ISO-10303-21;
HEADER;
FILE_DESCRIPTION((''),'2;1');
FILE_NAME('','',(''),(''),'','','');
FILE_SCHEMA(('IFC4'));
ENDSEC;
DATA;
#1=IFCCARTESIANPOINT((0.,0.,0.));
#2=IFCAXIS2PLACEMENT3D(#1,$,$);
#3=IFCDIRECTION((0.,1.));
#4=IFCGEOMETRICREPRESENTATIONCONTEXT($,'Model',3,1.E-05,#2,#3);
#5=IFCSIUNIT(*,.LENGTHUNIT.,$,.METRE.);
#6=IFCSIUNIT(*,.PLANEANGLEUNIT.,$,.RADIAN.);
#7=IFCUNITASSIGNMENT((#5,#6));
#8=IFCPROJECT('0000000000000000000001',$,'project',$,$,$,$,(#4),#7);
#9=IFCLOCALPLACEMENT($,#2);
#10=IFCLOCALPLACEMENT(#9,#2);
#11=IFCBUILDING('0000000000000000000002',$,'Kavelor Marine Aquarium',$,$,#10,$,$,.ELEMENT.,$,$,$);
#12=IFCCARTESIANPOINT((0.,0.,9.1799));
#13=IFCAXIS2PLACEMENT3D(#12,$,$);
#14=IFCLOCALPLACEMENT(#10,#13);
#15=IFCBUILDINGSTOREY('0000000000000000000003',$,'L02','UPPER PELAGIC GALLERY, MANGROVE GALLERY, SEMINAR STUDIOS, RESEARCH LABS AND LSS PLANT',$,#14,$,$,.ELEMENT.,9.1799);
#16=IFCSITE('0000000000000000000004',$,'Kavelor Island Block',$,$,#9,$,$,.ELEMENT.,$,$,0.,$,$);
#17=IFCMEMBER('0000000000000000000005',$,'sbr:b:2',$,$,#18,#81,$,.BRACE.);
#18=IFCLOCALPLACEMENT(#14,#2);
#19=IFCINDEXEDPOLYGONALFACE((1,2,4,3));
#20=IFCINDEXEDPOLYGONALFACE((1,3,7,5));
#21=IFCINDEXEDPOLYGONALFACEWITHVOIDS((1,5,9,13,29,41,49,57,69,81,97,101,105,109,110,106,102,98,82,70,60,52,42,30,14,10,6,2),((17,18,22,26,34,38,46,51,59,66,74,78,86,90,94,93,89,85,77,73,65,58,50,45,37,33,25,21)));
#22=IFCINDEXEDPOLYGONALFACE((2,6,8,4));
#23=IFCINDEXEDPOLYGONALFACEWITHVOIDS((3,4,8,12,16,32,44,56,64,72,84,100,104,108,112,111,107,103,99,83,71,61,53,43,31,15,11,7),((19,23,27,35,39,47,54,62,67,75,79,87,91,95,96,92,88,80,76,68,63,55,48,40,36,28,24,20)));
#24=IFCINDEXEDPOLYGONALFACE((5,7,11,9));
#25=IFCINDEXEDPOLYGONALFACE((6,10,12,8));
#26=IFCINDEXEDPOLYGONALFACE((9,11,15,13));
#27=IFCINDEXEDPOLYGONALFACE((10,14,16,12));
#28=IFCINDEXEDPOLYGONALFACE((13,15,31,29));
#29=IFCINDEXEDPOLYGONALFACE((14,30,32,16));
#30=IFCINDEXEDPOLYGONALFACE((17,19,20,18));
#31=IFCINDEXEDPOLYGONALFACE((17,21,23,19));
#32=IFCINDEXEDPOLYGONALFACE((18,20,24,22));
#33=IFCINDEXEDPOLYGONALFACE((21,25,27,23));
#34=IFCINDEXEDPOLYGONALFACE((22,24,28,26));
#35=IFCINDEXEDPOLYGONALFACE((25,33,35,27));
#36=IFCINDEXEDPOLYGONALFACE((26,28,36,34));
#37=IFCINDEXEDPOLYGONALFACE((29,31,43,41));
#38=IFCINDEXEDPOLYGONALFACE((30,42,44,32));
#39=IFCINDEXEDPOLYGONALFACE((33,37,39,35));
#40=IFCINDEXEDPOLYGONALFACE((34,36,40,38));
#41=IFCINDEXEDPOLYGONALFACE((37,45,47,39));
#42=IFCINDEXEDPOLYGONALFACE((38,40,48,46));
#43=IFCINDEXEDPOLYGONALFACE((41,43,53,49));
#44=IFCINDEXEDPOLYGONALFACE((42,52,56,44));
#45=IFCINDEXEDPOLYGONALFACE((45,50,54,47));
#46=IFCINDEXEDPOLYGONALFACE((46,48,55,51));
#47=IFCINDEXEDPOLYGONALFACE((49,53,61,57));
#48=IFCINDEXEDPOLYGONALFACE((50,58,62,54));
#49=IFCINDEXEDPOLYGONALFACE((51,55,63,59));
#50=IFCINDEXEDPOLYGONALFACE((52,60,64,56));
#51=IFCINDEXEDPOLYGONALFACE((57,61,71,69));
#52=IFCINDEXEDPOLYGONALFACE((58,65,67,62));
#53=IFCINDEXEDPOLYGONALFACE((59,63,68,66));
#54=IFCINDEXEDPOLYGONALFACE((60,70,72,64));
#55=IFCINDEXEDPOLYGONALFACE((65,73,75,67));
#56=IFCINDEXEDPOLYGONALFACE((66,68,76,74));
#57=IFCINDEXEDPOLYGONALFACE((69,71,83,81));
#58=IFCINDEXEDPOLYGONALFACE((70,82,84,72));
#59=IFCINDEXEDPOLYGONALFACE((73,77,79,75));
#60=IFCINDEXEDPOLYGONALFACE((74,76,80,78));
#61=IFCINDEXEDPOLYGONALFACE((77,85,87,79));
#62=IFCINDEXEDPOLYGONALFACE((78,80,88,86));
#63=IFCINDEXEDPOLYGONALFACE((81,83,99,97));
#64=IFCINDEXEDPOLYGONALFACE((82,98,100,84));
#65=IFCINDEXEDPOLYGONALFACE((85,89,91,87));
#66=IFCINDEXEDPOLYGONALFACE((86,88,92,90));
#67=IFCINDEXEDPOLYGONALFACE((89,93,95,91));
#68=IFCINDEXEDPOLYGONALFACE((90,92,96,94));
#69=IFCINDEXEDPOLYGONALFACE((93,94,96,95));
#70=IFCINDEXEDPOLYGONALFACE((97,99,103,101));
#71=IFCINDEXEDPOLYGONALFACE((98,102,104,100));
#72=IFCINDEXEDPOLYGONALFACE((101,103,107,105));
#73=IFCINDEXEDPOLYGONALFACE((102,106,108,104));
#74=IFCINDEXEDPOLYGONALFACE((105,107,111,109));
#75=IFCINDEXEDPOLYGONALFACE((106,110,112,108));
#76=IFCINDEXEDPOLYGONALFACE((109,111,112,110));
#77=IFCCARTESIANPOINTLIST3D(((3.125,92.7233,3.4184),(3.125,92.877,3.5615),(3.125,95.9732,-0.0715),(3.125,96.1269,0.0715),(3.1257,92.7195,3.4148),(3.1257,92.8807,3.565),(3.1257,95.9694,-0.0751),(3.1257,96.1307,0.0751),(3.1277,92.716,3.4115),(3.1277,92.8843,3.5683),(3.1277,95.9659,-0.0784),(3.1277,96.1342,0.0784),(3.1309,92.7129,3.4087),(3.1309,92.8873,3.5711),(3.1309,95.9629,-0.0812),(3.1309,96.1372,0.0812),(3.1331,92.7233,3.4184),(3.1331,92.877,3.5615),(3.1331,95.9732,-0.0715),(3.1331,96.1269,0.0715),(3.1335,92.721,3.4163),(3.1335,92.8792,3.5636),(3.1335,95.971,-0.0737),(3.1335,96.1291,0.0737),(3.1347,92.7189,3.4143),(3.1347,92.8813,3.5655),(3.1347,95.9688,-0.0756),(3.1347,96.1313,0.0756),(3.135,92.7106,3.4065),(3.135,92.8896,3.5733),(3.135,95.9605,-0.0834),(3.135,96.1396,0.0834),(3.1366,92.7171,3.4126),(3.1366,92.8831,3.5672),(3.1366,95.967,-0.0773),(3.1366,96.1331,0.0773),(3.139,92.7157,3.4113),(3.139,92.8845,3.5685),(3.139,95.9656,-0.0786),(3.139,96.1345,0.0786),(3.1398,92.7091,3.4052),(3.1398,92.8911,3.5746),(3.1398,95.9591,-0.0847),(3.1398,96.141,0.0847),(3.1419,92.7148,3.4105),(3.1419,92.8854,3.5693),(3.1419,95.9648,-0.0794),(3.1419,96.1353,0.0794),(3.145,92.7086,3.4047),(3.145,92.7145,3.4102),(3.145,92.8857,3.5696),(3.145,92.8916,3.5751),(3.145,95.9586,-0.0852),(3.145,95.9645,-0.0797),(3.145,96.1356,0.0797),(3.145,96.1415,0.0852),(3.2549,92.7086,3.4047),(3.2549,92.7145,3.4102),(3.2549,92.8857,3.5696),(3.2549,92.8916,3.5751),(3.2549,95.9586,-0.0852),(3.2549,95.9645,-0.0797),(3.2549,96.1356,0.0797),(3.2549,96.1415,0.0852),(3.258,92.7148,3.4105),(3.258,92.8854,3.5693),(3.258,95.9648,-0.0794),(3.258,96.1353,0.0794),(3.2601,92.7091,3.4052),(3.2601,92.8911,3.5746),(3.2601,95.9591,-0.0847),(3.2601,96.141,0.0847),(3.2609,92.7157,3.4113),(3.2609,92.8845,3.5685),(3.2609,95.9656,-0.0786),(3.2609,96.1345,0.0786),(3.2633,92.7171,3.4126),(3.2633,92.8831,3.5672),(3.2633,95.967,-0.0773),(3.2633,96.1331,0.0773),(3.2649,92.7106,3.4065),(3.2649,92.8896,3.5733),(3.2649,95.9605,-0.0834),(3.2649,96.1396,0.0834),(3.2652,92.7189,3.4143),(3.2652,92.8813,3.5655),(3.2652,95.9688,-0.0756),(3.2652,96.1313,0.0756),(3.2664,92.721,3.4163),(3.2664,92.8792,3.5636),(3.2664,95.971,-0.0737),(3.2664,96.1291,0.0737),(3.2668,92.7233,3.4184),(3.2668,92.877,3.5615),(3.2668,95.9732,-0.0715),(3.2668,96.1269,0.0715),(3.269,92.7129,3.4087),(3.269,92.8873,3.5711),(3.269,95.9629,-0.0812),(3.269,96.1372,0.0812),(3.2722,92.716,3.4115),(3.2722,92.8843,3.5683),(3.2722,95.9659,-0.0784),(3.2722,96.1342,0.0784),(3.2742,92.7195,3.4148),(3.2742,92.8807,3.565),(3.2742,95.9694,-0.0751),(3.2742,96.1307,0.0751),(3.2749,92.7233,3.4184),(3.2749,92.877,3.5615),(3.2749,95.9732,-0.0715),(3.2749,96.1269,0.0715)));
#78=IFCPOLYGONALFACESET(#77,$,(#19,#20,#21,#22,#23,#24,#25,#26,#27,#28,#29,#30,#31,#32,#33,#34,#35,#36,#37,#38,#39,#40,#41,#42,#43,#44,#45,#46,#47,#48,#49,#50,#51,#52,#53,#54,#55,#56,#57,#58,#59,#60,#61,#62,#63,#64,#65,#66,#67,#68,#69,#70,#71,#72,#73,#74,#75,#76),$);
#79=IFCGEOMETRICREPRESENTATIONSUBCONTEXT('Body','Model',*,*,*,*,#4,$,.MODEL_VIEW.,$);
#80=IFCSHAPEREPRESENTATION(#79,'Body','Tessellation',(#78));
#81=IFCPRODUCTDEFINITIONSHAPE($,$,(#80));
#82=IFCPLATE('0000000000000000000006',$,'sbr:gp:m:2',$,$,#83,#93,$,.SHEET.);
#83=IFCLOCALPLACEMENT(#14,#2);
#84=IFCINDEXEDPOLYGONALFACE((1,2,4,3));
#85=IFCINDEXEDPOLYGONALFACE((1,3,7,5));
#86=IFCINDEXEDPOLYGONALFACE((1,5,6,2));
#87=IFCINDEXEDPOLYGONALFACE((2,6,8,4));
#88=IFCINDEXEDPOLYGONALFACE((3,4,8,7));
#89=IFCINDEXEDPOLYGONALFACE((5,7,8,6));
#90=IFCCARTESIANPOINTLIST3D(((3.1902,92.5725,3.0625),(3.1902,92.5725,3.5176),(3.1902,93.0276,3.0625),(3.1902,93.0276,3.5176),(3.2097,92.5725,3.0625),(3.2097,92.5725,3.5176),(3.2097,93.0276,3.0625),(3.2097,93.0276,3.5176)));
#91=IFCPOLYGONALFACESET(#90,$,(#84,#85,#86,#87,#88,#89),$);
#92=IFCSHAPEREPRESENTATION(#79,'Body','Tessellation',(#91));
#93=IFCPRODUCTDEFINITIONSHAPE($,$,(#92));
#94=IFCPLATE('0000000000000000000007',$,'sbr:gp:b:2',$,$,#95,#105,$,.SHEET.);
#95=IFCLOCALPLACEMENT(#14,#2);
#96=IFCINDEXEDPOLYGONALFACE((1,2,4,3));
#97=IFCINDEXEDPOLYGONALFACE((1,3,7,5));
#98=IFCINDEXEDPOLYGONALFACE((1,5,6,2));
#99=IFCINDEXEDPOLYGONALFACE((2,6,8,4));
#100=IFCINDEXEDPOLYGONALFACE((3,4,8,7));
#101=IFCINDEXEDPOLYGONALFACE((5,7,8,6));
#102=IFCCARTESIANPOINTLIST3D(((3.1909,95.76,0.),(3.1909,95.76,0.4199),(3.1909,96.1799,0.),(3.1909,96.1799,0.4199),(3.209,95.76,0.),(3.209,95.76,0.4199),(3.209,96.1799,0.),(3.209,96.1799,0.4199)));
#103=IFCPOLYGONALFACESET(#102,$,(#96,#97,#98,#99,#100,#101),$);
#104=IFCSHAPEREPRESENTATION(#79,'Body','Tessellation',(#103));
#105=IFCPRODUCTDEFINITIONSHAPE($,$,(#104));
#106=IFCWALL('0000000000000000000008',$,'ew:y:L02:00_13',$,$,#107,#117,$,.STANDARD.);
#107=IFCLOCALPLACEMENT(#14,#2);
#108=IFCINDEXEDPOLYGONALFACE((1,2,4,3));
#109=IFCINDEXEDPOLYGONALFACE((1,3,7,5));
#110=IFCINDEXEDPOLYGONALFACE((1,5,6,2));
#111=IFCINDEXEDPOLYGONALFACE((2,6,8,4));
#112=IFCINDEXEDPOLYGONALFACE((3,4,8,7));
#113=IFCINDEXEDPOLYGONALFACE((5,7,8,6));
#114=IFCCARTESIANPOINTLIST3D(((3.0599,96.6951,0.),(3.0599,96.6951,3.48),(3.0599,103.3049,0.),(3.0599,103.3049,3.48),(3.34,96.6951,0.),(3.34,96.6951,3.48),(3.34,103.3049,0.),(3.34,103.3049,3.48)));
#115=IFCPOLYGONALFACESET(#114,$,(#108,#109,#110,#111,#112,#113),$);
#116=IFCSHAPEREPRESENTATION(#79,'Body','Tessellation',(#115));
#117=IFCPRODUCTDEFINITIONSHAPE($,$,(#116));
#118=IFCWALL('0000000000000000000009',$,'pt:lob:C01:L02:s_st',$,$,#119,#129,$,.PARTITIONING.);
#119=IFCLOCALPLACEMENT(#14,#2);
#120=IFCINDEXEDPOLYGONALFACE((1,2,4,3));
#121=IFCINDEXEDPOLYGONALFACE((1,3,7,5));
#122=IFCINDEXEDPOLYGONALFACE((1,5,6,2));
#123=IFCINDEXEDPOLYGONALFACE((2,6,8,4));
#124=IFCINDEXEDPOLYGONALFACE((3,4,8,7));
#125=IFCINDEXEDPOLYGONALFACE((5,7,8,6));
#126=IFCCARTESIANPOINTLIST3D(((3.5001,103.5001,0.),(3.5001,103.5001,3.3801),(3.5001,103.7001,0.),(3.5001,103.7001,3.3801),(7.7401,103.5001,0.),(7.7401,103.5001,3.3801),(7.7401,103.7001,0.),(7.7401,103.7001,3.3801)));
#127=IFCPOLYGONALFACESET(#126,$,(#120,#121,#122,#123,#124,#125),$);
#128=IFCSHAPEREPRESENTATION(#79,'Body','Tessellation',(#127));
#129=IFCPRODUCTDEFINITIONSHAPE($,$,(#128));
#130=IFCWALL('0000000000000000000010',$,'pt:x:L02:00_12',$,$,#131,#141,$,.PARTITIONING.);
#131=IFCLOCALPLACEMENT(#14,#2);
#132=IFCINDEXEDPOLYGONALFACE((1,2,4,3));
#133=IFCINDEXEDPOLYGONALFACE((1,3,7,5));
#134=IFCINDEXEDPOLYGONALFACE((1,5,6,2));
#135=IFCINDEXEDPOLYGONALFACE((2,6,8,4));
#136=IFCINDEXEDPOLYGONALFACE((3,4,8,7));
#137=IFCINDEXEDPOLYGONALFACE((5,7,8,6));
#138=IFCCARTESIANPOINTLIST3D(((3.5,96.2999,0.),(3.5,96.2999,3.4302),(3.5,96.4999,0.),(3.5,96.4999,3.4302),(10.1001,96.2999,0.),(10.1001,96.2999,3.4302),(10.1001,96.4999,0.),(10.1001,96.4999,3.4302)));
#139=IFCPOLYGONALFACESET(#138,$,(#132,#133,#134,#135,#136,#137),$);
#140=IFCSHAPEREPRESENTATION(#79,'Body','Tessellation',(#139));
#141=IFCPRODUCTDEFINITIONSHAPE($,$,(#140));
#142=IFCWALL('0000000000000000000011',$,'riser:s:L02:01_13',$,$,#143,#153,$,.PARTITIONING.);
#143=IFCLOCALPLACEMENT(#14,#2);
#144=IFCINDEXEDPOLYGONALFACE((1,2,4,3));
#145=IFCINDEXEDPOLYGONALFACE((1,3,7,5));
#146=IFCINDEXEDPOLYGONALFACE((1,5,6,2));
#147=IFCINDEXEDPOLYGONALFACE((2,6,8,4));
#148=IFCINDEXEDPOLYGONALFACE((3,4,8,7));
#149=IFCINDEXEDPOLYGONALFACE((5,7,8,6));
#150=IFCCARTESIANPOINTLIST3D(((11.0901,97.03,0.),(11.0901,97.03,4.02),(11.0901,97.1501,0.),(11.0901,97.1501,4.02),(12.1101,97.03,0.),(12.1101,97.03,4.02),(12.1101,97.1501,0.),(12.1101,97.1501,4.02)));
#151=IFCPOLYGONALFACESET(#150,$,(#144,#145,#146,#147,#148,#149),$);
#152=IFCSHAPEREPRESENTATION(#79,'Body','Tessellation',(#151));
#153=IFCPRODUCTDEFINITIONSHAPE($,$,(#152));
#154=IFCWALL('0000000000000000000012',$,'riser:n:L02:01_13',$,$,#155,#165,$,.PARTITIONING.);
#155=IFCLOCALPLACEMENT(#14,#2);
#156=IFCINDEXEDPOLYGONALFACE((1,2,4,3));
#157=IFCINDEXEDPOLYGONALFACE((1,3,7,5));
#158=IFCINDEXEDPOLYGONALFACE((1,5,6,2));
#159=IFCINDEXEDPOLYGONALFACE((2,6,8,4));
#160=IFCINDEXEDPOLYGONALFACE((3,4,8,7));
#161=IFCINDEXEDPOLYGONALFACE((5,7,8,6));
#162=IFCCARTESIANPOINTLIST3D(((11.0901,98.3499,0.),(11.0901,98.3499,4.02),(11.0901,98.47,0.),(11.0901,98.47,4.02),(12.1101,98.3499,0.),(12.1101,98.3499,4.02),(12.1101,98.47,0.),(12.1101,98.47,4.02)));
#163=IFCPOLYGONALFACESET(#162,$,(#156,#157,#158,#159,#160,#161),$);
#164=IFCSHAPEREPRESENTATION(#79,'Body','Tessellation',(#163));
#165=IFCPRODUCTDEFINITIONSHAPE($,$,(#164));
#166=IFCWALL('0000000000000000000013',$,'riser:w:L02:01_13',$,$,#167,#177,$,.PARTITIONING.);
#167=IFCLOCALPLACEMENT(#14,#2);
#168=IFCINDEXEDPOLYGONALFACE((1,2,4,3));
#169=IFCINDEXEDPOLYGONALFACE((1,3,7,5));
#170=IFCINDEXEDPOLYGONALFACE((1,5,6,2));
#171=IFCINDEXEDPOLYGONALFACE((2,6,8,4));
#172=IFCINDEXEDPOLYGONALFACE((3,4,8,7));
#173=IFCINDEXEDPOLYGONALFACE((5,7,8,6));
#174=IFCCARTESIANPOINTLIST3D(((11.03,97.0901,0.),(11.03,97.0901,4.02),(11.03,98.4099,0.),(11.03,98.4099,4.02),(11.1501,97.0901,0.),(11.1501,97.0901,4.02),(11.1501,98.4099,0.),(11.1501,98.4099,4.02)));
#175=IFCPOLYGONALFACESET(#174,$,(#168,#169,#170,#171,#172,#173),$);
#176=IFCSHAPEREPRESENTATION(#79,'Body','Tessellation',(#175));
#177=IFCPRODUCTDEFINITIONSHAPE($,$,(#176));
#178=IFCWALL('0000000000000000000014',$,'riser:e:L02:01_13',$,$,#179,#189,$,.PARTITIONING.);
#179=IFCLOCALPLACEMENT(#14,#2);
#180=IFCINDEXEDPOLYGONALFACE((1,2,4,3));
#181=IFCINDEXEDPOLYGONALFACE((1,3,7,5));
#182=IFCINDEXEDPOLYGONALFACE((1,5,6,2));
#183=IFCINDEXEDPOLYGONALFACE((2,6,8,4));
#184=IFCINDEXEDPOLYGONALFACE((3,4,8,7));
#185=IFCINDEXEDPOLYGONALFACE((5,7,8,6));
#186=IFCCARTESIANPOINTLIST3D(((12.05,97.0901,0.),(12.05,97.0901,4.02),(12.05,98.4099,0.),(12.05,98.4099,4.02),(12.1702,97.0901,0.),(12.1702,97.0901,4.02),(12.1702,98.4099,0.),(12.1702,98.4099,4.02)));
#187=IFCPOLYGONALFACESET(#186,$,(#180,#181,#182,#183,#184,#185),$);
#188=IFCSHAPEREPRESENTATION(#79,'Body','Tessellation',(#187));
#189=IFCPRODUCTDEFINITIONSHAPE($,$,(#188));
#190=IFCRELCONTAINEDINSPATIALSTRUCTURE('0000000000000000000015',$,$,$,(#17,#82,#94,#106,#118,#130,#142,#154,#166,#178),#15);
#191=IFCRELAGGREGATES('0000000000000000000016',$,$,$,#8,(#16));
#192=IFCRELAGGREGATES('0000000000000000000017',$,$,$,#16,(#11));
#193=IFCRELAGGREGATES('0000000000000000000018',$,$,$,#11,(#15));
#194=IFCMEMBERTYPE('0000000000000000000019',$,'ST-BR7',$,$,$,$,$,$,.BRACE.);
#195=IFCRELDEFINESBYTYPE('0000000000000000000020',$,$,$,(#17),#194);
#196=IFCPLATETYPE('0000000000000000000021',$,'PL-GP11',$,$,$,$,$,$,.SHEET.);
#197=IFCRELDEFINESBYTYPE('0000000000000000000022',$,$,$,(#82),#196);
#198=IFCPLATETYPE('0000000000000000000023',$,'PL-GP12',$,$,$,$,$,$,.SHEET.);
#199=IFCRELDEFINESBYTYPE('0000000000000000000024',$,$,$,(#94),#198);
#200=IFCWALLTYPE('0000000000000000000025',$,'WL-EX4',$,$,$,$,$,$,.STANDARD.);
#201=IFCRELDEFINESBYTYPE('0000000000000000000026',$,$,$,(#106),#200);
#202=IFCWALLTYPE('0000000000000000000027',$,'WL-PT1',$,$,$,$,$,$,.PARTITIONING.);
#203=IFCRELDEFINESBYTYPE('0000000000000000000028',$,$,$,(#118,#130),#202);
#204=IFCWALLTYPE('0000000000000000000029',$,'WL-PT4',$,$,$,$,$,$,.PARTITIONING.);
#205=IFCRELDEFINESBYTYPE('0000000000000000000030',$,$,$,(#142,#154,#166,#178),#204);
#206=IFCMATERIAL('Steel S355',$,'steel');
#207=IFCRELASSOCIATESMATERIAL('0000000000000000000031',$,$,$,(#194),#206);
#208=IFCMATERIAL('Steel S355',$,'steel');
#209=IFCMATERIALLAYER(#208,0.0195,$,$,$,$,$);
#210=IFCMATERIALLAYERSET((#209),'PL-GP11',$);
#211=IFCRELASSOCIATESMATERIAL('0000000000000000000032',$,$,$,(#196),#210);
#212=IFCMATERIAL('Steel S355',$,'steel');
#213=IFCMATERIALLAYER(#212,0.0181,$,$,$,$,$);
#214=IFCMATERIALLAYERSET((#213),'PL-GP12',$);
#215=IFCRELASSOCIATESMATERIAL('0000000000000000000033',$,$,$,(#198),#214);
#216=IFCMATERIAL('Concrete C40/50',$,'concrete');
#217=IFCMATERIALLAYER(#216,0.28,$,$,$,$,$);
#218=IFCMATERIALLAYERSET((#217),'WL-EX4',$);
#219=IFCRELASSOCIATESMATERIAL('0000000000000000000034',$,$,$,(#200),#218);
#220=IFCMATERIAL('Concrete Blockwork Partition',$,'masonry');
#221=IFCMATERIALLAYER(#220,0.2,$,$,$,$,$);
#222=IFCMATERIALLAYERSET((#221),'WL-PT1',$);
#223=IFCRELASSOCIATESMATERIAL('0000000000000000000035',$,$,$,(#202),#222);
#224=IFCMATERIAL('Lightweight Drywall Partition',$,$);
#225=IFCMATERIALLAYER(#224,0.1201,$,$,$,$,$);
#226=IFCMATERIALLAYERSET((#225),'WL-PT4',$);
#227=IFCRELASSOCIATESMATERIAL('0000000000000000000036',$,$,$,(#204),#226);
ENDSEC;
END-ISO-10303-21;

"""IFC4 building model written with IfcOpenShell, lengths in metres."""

from ifc_helpers import new_model, si_unit, direction, frame, frame_2d, origin, origin_2d, place, context, subcontext, project, spatial, rectangle, hollow_rectangle, extrude, material, layer, layer_set, material_profile, profile_set, type_object, element, save


model = new_model("IFC4")

# Units and contexts
model_context = context("Model", 3, precision=1e-05, world=origin(), true_north=direction((0.0, 1.0)))
body_context = subcontext(model_context, "Body", "Model", "MODEL_VIEW")
ifc_project = project(units=[si_unit("LENGTHUNIT", "METRE"), si_unit("PLANEANGLEUNIT", "RADIAN")], contexts=[model_context])

# Site, building, storey
site_placement = place(None, origin())
site = spatial("IfcSite", under=ifc_project, at=site_placement, Name="Kavelor Island Block", CompositionType="ELEMENT", RefElevation=0.0)
building_placement = place(site_placement, origin())
building = spatial("IfcBuilding", under=site, at=building_placement, Name="Kavelor Marine Aquarium", CompositionType="ELEMENT")
storey_placement = place(building_placement, frame((0.0, 0.0, 9.1799)))
storey = spatial("IfcBuildingStorey", under=building, at=storey_placement, Name="L02", Description="UPPER PELAGIC GALLERY, MANGROVE GALLERY, SEMINAR STUDIOS, RESEARCH LABS AND LSS PLANT", CompositionType="ELEMENT", Elevation=9.1799)

# Member
ifc_material_1 = material(Name="Steel S355", Category="steel")
ifc_material_profile_1 = material_profile(ifc_material_1, hollow_rectangle(XDim=0.1499, YDim=0.25, WallThickness=0.0081, InnerFilletRadius=0.012, OuterFilletRadius=0.02, at=origin_2d()), Name="RHS 250x150x8.0")
ifc_profile_set_1 = profile_set([ifc_material_profile_1], Name="Steel S355")
member_type = type_object("IfcMemberType", Name="ST-BR7", PredefinedType="BRACE", material=ifc_profile_set_1)
member_placement = place(storey_placement, frame((3.2, 96.05, 0.0), z_axis=(0.0, -0.681497, 0.731821), x_axis=(1.0, 0.0, 0.0)))
element("IfcMember", 1, at=member_placement, inside=storey, type_object=member_type, Name="sbr:b:2", PredefinedType="BRACE", context=body_context, shape_type="SweptSolid", body=[
    extrude(hollow_rectangle(XDim=0.1499, YDim=0.25, WallThickness=0.0081, InnerFilletRadius=0.012, OuterFilletRadius=0.02, at=origin_2d()), origin(), (0.0, 0.0, 1.0), 4.7688),
])

# Plates
ifc_material_2 = material(Name="Steel S355", Category="steel")
ifc_layer_1 = layer(ifc_material_2, 0.0195)
ifc_layer_set_1 = layer_set([ifc_layer_1], Name="PL-GP11")
plate_type_1 = type_object("IfcPlateType", Name="PL-GP11", PredefinedType="SHEET", material=ifc_layer_set_1)
plate_1_placement = place(storey_placement, frame((3.2, 92.8, 3.0625), z_axis=(0.0, 0.0, 1.0), x_axis=(1.0, 0.0, 0.0)))
element("IfcPlate", 2, at=plate_1_placement, inside=storey, type_object=plate_type_1, Name="sbr:gp:m:2", PredefinedType="SHEET", context=body_context, shape_type="SweptSolid", body=[
    extrude(rectangle(XDim=0.0195, YDim=0.4551, at=origin_2d()), origin(), (0.0, 0.0, 1.0), 0.4551),
])
ifc_material_3 = material(Name="Steel S355", Category="steel")
ifc_layer_2 = layer(ifc_material_3, 0.0181)
ifc_layer_set_2 = layer_set([ifc_layer_2], Name="PL-GP12")
plate_type_2 = type_object("IfcPlateType", Name="PL-GP12", PredefinedType="SHEET", material=ifc_layer_set_2)
plate_2_placement = place(storey_placement, frame((3.2, 95.97, 0.0), z_axis=(0.0, 0.0, 1.0), x_axis=(1.0, 0.0, 0.0)))
element("IfcPlate", 3, at=plate_2_placement, inside=storey, type_object=plate_type_2, Name="sbr:gp:b:2", PredefinedType="SHEET", context=body_context, shape_type="SweptSolid", body=[
    extrude(rectangle(XDim=0.0181, YDim=0.4199, at=origin_2d()), origin(), (0.0, 0.0, 1.0), 0.4199),
])

# Walls
ifc_material_4 = material(Name="Concrete C40/50", Category="concrete")
ifc_layer_3 = layer(ifc_material_4, 0.28)
ifc_layer_set_3 = layer_set([ifc_layer_3], Name="WL-EX4")
wall_type_1 = type_object("IfcWallType", Name="WL-EX4", PredefinedType="STANDARD", material=ifc_layer_set_3)
wall_1_placement = place(storey_placement, frame((3.2, 96.6951, 0.0), z_axis=(0.0, 0.0, 1.0), x_axis=(0.0, 1.0, 0.0)))
element("IfcWall", 4, at=wall_1_placement, inside=storey, type_object=wall_type_1, Name="ew:y:L02:00_13", PredefinedType="STANDARD", context=body_context, shape_type="SweptSolid", body=[
    extrude(rectangle(XDim=6.6099, YDim=0.28, at=frame_2d((3.3049, 0.0))), origin(), (0.0, 0.0, 1.0), 3.48),
])
ifc_material_5 = material(Name="Concrete Blockwork Partition", Category="masonry")
ifc_layer_4 = layer(ifc_material_5, 0.2)
ifc_layer_set_4 = layer_set([ifc_layer_4], Name="WL-PT1")
wall_type_2 = type_object("IfcWallType", Name="WL-PT1", PredefinedType="PARTITIONING", material=ifc_layer_set_4)
wall_2_placement = place(storey_placement, frame((3.5, 103.6001, 0.0), z_axis=(0.0, 0.0, 1.0), x_axis=(1.0, 0.0, 0.0)))
element("IfcWall", 5, at=wall_2_placement, inside=storey, type_object=wall_type_2, Name="pt:lob:C01:L02:s_st", PredefinedType="PARTITIONING", context=body_context, shape_type="SweptSolid", body=[
    extrude(rectangle(XDim=4.24, YDim=0.2, at=frame_2d((2.1201, 0.0))), origin(), (0.0, 0.0, 1.0), 3.3801),
])
wall_3_placement = place(storey_placement, frame((3.5, 96.3999, 0.0), z_axis=(0.0, 0.0, 1.0), x_axis=(1.0, 0.0, 0.0)))
element("IfcWall", 6, at=wall_3_placement, inside=storey, type_object=wall_type_2, Name="pt:x:L02:00_12", PredefinedType="PARTITIONING", context=body_context, shape_type="SweptSolid", body=[
    extrude(rectangle(XDim=6.6001, YDim=0.2, at=frame_2d((3.3, 0.0))), origin(), (0.0, 0.0, 1.0), 3.4302),
])
ifc_material_6 = material(Name="Lightweight Drywall Partition")
ifc_layer_5 = layer(ifc_material_6, 0.1201)
ifc_layer_set_5 = layer_set([ifc_layer_5], Name="WL-PT4")
wall_type_3 = type_object("IfcWallType", Name="WL-PT4", PredefinedType="PARTITIONING", material=ifc_layer_set_5)
for number, where, z_axis, x_axis, name in (
    (7, (11.0901, 97.0901, 0.0), (0.0, 0.0, 1.0), (1.0, 0.0, 0.0), "riser:s:L02:01_13"),
    (8, (11.0901, 98.4099, 0.0), (0.0, 0.0, 1.0), (1.0, 0.0, 0.0), "riser:n:L02:01_13"),
):
    element("IfcWall", number, at=place(storey_placement, frame(where, z_axis=z_axis, x_axis=x_axis)), inside=storey, type_object=wall_type_3, Name=name, PredefinedType="PARTITIONING", context=body_context, shape_type="SweptSolid", body=[
        extrude(rectangle(XDim=1.02, YDim=0.1201, at=frame_2d((0.51, 0.0))), origin(), (0.0, 0.0, 1.0), 4.02),
    ])
for number, where, z_axis, x_axis, name in (
    (9, (11.0901, 97.0901, 0.0), (0.0, 0.0, 1.0), (0.0, 1.0, 0.0), "riser:w:L02:01_13"),
    (10, (12.1101, 97.0901, 0.0), (0.0, 0.0, 1.0), (0.0, 1.0, 0.0), "riser:e:L02:01_13"),
):
    element("IfcWall", number, at=place(storey_placement, frame(where, z_axis=z_axis, x_axis=x_axis)), inside=storey, type_object=wall_type_3, Name=name, PredefinedType="PARTITIONING", context=body_context, shape_type="SweptSolid", body=[
        extrude(rectangle(XDim=1.3198, YDim=0.1201, at=frame_2d((0.6599, 0.0))), origin(), (0.0, 0.0, 1.0), 4.02),
    ])

save(model, "model.ifc")
